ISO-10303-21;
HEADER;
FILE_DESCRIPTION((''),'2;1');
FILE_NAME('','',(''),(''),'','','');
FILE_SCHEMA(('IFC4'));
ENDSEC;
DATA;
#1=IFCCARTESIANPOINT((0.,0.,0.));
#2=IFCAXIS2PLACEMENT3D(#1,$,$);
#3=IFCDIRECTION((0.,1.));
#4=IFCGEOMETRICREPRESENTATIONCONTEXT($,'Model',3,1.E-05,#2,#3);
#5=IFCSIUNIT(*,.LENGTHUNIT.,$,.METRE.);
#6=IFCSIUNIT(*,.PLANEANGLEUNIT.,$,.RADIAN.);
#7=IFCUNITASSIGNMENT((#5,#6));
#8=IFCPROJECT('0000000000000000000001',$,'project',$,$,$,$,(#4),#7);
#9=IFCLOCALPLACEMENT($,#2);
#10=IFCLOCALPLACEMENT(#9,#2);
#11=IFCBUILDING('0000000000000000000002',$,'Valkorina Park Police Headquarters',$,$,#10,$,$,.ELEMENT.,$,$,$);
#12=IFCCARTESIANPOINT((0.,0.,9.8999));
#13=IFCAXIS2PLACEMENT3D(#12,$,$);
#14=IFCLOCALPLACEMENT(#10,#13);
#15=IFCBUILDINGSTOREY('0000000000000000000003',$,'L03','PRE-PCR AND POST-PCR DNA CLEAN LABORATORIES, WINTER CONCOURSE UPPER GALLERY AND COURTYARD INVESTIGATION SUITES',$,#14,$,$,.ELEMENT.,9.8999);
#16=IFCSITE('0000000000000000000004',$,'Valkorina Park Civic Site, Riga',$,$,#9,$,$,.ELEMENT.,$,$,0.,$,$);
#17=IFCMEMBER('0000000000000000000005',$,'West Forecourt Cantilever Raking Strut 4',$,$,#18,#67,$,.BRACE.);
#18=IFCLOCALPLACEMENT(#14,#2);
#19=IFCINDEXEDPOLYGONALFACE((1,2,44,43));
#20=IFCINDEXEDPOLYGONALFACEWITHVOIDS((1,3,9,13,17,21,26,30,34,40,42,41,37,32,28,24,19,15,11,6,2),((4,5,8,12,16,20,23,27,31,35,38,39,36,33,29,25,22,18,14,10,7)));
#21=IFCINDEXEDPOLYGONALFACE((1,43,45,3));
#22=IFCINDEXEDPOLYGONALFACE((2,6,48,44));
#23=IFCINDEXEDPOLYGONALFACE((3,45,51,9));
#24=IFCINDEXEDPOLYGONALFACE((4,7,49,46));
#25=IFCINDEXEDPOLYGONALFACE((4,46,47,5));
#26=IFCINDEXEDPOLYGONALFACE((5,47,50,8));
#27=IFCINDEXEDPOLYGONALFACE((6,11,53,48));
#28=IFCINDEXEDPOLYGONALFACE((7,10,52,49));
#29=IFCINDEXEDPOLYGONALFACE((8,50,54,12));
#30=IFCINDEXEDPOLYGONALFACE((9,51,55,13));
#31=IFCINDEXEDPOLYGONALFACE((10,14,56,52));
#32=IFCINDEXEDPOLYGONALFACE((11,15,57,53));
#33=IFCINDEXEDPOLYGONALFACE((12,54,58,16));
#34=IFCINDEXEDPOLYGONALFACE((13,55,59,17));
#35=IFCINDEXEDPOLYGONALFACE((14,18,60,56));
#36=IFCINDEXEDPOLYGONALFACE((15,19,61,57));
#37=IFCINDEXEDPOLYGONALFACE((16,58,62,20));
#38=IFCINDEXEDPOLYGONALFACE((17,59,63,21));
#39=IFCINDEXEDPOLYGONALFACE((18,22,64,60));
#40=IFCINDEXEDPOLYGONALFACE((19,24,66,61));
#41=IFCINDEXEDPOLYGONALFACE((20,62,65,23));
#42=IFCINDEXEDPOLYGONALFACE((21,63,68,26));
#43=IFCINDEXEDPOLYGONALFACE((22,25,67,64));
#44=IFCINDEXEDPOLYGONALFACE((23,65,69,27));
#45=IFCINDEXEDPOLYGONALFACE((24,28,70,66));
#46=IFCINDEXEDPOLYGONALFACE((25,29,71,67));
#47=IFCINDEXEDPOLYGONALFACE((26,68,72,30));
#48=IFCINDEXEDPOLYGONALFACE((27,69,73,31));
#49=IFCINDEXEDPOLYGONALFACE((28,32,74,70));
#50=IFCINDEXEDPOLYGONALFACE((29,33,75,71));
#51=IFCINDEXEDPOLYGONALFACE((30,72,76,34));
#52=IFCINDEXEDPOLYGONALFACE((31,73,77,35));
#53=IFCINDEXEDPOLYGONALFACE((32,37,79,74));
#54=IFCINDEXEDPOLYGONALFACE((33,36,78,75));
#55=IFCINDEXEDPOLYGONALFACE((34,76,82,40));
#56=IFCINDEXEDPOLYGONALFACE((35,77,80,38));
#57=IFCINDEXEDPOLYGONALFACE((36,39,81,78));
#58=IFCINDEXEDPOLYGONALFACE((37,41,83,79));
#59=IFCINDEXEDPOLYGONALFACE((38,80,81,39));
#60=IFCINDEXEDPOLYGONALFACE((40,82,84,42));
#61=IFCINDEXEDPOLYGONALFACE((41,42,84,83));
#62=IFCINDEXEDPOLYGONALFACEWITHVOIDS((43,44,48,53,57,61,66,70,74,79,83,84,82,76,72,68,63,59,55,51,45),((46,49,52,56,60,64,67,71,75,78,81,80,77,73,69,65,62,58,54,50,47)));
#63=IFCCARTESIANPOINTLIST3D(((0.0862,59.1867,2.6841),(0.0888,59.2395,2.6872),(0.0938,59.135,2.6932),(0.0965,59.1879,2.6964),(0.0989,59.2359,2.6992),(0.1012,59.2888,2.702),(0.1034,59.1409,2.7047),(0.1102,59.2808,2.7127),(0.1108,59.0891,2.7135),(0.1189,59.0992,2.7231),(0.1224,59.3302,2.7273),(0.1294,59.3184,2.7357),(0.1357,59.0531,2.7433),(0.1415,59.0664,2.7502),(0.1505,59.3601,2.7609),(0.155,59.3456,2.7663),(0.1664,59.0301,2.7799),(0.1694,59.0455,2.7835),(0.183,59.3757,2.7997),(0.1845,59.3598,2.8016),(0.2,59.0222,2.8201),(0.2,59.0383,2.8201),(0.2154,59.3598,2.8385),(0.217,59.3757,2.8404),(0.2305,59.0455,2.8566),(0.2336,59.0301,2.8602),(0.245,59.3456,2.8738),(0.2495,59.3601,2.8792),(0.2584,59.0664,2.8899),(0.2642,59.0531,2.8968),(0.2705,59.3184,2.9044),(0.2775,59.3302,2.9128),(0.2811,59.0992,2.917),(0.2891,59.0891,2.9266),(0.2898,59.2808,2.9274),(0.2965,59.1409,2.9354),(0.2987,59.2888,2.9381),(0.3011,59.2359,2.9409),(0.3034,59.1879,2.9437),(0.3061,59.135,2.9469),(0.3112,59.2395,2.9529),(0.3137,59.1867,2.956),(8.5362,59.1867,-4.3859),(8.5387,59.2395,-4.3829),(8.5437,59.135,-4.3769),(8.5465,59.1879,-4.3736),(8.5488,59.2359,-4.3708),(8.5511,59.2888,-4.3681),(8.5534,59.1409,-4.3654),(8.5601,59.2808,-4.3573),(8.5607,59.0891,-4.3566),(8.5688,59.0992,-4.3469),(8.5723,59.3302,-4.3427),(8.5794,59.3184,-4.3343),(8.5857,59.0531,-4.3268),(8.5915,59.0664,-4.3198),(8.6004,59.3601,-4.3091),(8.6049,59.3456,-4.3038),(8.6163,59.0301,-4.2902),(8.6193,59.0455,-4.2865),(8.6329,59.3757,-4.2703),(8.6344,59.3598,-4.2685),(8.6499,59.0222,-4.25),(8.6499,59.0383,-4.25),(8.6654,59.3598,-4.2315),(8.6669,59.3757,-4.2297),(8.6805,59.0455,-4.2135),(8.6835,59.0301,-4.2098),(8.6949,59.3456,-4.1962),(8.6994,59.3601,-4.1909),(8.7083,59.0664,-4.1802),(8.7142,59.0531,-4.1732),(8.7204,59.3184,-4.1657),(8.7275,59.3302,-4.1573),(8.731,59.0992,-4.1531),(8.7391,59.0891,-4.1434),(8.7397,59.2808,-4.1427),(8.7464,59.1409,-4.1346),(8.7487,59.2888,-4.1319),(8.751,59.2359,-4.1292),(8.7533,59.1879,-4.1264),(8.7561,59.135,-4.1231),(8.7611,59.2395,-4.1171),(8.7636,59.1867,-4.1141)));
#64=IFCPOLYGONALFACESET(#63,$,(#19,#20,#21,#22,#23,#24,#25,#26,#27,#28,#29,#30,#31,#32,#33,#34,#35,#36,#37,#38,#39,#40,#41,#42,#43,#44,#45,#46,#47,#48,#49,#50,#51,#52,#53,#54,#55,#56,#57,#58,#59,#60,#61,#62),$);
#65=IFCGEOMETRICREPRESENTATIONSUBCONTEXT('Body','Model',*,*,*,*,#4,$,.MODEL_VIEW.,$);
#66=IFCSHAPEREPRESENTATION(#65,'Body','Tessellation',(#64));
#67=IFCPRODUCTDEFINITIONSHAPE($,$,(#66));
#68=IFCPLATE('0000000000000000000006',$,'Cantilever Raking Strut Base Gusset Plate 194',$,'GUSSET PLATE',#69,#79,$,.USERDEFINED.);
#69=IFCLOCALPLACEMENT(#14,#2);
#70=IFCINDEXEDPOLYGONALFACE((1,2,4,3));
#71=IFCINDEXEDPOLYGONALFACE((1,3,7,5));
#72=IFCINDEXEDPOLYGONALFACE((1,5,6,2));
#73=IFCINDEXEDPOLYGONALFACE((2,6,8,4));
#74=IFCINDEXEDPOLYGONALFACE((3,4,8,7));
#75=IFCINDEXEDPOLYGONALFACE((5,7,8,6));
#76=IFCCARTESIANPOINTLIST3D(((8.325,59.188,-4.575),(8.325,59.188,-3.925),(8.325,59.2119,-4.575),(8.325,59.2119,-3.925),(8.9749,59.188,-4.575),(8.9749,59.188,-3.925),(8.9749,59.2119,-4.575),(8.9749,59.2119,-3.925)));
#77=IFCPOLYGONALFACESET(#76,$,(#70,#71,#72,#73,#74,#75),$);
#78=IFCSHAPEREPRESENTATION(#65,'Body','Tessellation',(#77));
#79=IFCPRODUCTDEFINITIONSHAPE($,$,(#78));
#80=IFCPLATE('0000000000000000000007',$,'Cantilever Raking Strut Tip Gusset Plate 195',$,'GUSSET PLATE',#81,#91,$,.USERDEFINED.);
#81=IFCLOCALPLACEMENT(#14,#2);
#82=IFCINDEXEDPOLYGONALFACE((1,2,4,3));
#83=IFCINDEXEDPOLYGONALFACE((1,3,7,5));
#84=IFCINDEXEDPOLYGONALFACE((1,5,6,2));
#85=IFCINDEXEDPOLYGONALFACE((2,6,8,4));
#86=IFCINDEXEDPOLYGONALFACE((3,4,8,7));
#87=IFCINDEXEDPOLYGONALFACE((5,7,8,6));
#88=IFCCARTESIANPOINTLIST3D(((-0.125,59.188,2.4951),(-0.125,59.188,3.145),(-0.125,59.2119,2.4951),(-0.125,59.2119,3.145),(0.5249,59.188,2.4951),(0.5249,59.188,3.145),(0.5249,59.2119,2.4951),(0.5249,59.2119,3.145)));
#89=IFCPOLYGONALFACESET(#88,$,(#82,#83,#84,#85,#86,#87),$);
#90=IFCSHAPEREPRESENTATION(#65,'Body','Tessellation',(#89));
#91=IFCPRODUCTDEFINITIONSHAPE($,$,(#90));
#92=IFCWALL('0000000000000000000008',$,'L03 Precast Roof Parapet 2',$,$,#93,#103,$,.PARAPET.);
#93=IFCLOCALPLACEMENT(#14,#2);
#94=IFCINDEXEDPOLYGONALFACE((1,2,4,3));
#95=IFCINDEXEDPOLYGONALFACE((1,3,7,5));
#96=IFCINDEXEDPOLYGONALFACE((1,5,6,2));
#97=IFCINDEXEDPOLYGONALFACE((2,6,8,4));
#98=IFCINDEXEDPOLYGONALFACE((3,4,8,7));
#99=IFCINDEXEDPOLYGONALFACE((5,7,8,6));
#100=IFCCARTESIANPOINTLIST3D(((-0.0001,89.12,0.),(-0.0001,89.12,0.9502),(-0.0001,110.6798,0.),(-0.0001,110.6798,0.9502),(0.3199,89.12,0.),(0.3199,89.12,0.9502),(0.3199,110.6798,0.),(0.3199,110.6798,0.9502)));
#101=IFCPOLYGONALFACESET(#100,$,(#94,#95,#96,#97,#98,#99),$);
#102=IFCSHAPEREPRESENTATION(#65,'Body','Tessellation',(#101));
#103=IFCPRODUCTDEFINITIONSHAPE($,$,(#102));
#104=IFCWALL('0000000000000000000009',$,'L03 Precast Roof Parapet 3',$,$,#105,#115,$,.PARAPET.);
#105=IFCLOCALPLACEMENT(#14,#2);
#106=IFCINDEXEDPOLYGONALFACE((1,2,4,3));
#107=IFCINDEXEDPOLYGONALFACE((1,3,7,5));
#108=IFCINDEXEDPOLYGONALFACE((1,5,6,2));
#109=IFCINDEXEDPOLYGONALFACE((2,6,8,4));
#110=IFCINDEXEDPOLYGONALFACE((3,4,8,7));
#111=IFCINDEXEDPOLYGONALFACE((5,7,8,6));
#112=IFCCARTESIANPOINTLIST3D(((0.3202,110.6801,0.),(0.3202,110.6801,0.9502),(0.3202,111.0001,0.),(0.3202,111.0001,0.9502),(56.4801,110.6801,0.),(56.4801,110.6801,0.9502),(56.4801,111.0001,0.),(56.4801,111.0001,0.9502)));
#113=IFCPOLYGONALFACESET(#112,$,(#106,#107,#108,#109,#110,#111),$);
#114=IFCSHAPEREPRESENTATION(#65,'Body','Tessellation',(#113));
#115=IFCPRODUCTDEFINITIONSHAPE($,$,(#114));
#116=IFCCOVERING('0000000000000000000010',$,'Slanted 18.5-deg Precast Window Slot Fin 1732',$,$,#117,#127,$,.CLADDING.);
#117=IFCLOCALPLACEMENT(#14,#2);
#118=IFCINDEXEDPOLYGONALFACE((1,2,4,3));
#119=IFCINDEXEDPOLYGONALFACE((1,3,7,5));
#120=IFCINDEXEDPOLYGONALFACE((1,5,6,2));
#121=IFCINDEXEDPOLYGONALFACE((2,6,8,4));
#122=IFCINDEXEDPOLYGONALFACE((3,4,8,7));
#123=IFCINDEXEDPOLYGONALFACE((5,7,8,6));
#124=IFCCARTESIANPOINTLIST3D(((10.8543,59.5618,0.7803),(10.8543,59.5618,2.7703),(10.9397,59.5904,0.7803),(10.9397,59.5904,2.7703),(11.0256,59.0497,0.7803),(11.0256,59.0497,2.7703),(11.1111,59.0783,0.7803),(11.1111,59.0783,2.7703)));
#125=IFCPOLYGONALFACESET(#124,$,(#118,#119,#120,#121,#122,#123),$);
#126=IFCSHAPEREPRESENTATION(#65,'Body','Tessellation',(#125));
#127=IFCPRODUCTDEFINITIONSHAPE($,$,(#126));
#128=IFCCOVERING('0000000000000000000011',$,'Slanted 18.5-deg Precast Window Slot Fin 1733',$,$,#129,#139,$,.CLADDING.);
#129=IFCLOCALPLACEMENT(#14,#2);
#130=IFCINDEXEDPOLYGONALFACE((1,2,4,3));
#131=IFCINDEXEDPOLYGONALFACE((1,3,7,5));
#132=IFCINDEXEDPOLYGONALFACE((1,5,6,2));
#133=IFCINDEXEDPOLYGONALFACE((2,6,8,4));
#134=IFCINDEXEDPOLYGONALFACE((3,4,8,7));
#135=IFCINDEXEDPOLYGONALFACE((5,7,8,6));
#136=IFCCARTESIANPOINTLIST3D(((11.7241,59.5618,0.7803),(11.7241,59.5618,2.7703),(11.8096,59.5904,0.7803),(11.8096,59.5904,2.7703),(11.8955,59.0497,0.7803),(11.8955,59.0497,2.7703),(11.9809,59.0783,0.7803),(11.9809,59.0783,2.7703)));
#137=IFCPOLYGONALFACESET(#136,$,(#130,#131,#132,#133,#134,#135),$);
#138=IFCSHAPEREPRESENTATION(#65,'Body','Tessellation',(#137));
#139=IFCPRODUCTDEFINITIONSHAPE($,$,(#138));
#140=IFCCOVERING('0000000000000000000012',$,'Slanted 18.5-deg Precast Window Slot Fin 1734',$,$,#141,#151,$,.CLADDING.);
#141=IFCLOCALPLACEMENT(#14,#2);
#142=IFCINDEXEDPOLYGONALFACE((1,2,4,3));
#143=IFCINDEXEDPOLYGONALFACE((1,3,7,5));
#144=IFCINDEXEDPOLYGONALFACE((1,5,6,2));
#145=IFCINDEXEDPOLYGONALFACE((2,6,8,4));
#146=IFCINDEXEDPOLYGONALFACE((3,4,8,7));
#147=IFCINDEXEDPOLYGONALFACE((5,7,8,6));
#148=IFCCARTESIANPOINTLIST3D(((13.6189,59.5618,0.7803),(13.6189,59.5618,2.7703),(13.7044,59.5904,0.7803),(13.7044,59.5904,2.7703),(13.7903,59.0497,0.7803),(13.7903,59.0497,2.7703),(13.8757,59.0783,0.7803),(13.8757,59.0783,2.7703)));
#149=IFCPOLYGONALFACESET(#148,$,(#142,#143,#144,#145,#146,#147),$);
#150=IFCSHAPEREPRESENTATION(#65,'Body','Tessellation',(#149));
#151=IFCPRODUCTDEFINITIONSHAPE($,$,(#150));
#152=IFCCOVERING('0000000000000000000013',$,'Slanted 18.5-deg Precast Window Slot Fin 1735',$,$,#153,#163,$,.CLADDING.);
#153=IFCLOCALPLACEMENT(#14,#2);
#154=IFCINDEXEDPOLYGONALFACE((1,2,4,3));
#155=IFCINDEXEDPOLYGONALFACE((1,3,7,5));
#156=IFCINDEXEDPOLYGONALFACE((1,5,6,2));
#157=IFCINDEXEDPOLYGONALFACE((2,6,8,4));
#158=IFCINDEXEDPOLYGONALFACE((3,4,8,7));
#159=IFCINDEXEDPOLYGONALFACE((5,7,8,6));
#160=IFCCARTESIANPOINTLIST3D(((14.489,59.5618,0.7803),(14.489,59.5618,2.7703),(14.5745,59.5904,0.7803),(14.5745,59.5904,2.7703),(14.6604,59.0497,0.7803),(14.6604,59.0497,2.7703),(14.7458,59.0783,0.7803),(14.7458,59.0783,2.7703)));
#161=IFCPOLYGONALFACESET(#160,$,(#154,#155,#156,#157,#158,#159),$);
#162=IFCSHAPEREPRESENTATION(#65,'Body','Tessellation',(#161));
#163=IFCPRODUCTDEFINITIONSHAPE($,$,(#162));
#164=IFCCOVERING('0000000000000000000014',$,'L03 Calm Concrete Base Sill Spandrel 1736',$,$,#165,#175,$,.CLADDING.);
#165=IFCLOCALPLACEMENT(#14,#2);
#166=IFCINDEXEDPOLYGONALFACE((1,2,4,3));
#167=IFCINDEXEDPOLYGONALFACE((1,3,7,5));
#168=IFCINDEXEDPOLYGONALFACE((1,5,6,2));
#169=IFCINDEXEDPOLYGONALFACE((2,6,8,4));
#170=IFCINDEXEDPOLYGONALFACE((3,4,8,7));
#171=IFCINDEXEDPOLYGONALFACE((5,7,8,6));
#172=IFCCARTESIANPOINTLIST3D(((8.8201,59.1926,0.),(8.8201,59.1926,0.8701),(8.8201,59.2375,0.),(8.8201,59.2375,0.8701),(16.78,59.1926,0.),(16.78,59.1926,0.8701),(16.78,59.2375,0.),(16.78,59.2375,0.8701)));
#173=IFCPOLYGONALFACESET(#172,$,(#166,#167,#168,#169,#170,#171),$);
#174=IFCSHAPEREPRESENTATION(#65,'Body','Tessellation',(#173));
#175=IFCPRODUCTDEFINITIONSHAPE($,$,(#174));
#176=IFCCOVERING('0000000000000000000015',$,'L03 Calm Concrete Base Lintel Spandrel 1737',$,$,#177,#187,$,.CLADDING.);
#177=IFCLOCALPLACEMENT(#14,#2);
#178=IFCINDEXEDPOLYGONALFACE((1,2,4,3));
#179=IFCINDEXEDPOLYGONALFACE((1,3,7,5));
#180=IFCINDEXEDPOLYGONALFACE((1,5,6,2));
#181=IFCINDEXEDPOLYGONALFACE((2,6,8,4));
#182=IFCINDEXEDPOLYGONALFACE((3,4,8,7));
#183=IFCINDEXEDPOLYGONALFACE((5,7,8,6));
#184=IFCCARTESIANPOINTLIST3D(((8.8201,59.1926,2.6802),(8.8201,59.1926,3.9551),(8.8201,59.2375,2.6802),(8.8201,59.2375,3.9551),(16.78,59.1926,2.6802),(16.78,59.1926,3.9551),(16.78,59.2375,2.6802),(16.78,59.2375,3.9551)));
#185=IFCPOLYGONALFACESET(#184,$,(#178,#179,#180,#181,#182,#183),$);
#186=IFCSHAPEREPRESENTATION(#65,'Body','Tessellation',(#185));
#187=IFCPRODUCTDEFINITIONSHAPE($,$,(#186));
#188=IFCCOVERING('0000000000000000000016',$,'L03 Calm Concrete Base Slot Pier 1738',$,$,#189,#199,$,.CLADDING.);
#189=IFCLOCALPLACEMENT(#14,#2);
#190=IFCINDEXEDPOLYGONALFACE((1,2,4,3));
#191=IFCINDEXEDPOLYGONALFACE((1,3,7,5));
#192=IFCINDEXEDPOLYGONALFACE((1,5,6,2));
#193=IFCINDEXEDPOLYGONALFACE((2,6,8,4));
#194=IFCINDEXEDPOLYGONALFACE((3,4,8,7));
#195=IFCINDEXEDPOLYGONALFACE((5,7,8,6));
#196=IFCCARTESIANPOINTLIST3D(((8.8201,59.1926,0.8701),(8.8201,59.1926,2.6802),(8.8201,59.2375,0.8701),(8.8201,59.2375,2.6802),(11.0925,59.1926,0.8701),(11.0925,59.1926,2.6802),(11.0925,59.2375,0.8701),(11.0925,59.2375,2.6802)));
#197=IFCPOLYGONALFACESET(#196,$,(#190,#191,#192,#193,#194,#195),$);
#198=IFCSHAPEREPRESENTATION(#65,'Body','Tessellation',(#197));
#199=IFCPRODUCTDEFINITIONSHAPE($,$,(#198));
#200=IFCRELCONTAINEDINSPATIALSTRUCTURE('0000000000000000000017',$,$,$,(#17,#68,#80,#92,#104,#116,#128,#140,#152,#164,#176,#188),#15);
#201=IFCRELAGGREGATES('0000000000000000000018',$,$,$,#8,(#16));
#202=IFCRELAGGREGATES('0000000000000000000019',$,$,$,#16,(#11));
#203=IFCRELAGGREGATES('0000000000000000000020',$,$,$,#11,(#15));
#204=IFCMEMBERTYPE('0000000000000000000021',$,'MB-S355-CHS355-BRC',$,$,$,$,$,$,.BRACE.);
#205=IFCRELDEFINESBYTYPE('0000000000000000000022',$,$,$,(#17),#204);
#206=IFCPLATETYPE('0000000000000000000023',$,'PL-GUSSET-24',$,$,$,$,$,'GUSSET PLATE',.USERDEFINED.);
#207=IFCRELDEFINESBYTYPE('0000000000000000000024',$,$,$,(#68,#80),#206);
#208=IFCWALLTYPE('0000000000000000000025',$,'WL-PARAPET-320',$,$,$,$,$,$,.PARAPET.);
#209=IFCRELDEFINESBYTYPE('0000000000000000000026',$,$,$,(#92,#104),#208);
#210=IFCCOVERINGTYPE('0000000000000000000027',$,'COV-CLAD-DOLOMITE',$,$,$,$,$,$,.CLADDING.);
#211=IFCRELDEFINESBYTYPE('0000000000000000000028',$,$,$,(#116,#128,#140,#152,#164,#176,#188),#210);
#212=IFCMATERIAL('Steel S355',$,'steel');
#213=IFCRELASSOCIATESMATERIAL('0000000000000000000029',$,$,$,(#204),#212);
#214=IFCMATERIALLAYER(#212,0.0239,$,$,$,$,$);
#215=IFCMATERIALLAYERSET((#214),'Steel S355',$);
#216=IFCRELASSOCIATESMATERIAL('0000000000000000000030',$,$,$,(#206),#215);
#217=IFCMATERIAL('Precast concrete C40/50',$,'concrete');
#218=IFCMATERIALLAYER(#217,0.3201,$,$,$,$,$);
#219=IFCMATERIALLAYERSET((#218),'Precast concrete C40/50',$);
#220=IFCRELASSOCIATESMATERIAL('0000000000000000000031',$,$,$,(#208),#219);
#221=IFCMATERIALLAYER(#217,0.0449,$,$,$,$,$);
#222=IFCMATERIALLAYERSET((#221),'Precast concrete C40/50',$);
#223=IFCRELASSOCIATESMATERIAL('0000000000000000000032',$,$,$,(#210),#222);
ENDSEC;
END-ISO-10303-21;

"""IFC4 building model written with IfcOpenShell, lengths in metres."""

from ifc_helpers import new_model, si_unit, direction, frame, frame_2d, origin, origin_2d, place, context, subcontext, project, spatial, rectangle, hollow_circle, extrude, material, layer, layer_set, material_profile, profile_set, type_object, element, save


model = new_model("IFC4")

# Units and contexts
model_context = context("Model", 3, precision=1e-05, world=origin(), true_north=direction((0.0, 1.0)))
body_context = subcontext(model_context, "Body", "Model", "MODEL_VIEW")
ifc_project = project(units=[si_unit("LENGTHUNIT", "METRE"), si_unit("PLANEANGLEUNIT", "RADIAN")], contexts=[model_context])

# Site, building, storey
site_placement = place(None, origin())
site = spatial("IfcSite", under=ifc_project, at=site_placement, Name="Valkorina Park Civic Site, Riga", CompositionType="ELEMENT", RefElevation=0.0)
building_placement = place(site_placement, origin())
building = spatial("IfcBuilding", under=site, at=building_placement, Name="Valkorina Park Police Headquarters", CompositionType="ELEMENT")
storey_placement = place(building_placement, frame((0.0, 0.0, 9.8999)))
storey = spatial("IfcBuildingStorey", under=building, at=storey_placement, Name="L03", Description="PRE-PCR AND POST-PCR DNA CLEAN LABORATORIES, WINTER CONCOURSE UPPER GALLERY AND COURTYARD INVESTIGATION SUITES", CompositionType="ELEMENT", Elevation=9.8999)

# Shared definitions
ifc_material_1 = material(Name="Steel S355", Category="steel")

# Member
ifc_material_profile_1 = material_profile(ifc_material_1, hollow_circle(Radius=0.1777, WallThickness=0.0161, at=origin_2d()), Name="CHS 355.6x16")
ifc_profile_set_1 = profile_set([ifc_material_profile_1], Name="Steel S355")
member_type_1 = type_object("IfcMemberType", Name="MB-S355-CHS355-BRC", PredefinedType="BRACE", material=ifc_profile_set_1)
member_1_placement = place(storey_placement, frame((8.6499, 59.2, -4.25), z_axis=(-0.76695, 0.0, 0.641707), x_axis=(0.0, -1.0, 0.0)))
element("IfcMember", 1, at=member_1_placement, inside=storey, type_object=member_type_1, Name="West Forecourt Cantilever Raking Strut 4", PredefinedType="BRACE", context=body_context, shape_type="SweptSolid", body=[
    extrude(hollow_circle(Radius=0.1777, WallThickness=0.0161, at=origin_2d()), origin(), (0.0, 0.0, 1.0), 11.0176),
])

# Plates
ifc_layer_1 = layer(ifc_material_1, 0.0239)
ifc_layer_set_1 = layer_set([ifc_layer_1], Name="Steel S355")
plate_type = type_object("IfcPlateType", Name="PL-GUSSET-24", ElementType="GUSSET PLATE", PredefinedType="USERDEFINED", material=ifc_layer_set_1)
for number, where, z_axis, x_axis, name in (
    (2, (8.6499, 59.2, -4.575), (0.0, 0.0, 1.0), (1.0, 0.0, 0.0), "Cantilever Raking Strut Base Gusset Plate 194"),
    (3, (0.2, 59.2, 2.4951), (0.0, 0.0, 1.0), (1.0, 0.0, 0.0), "Cantilever Raking Strut Tip Gusset Plate 195"),
):
    element("IfcPlate", number, at=place(storey_placement, frame(where, z_axis=z_axis, x_axis=x_axis)), inside=storey, type_object=plate_type, Name=name, ObjectType="GUSSET PLATE", PredefinedType="USERDEFINED", context=body_context, shape_type="SweptSolid", body=[
        extrude(rectangle(XDim=0.6499, YDim=0.0239, at=origin_2d()), origin(), (0.0, 0.0, 1.0), 0.6499),
    ])

# Walls
ifc_material_2 = material(Name="Precast concrete C40/50", Category="concrete")
ifc_layer_2 = layer(ifc_material_2, 0.3201)
ifc_layer_set_2 = layer_set([ifc_layer_2], Name="Precast concrete C40/50")
wall_type = type_object("IfcWallType", Name="WL-PARAPET-320", PredefinedType="PARAPET", material=ifc_layer_set_2)
wall_1_placement = place(storey_placement, frame((0.1599, 89.1201, 0.0), z_axis=(0.0, 0.0, 1.0), x_axis=(0.0, 1.0, 0.0)))
element("IfcWall", 4, at=wall_1_placement, inside=storey, type_object=wall_type, Name="L03 Precast Roof Parapet 2", PredefinedType="PARAPET", context=body_context, shape_type="SweptSolid", body=[
    extrude(rectangle(XDim=21.5598, YDim=0.3201, at=frame_2d((10.7798, 0.0))), origin(), (0.0, 0.0, 1.0), 0.9502),
])
wall_2_placement = place(storey_placement, frame((0.3201, 110.8401, 0.0), z_axis=(0.0, 0.0, 1.0), x_axis=(1.0, 0.0, 0.0)))
element("IfcWall", 5, at=wall_2_placement, inside=storey, type_object=wall_type, Name="L03 Precast Roof Parapet 3", PredefinedType="PARAPET", context=body_context, shape_type="SweptSolid", body=[
    extrude(rectangle(XDim=56.1599, YDim=0.3201, at=frame_2d((28.0801, 0.0))), origin(), (0.0, 0.0, 1.0), 0.9502),
])

# Coverings
ifc_layer_3 = layer(ifc_material_2, 0.0449)
ifc_layer_set_3 = layer_set([ifc_layer_3], Name="Precast concrete C40/50")
covering_type = type_object("IfcCoveringType", Name="COV-CLAD-DOLOMITE", PredefinedType="CLADDING", material=ifc_layer_set_3)
for number, where, z_axis, x_axis, name in (
    (6, (10.9827, 59.3201, 0.7803), (0.0, 0.0, 1.0), (-0.317305, 0.948324, 0.0), "Slanted 18.5-deg Precast Window Slot Fin 1732"),
    (7, (11.8525, 59.3201, 0.7803), (0.0, 0.0, 1.0), (-0.317305, 0.948324, 0.0), "Slanted 18.5-deg Precast Window Slot Fin 1733"),
    (8, (13.7473, 59.3201, 0.7803), (0.0, 0.0, 1.0), (-0.317305, 0.948324, 0.0), "Slanted 18.5-deg Precast Window Slot Fin 1734"),
    (9, (14.6174, 59.3201, 0.7803), (0.0, 0.0, 1.0), (-0.317305, 0.948324, 0.0), "Slanted 18.5-deg Precast Window Slot Fin 1735"),
):
    element("IfcCovering", number, at=place(storey_placement, frame(where, z_axis=z_axis, x_axis=x_axis)), inside=storey, type_object=covering_type, Name=name, PredefinedType="CLADDING", context=body_context, shape_type="SweptSolid", body=[
        extrude(rectangle(XDim=0.54, YDim=0.0901, at=origin_2d()), origin(), (0.0, 0.0, 1.0), 1.99),
    ])
covering_1_placement = place(storey_placement, frame((8.8201, 59.2151, 0.0), z_axis=(0.0, 0.0, 1.0), x_axis=(1.0, 0.0, 0.0)))
element("IfcCovering", 10, at=covering_1_placement, inside=storey, type_object=covering_type, Name="L03 Calm Concrete Base Sill Spandrel 1736", PredefinedType="CLADDING", context=body_context, shape_type="SweptSolid", body=[
    extrude(rectangle(XDim=7.96, YDim=0.0449, at=frame_2d((3.98, 0.0))), origin(), (0.0, 0.0, 1.0), 0.8701),
])
covering_2_placement = place(storey_placement, frame((8.8201, 59.2151, 2.6802), z_axis=(0.0, 0.0, 1.0), x_axis=(1.0, 0.0, 0.0)))
element("IfcCovering", 11, at=covering_2_placement, inside=storey, type_object=covering_type, Name="L03 Calm Concrete Base Lintel Spandrel 1737", PredefinedType="CLADDING", context=body_context, shape_type="SweptSolid", body=[
    extrude(rectangle(XDim=7.96, YDim=0.0449, at=frame_2d((3.98, 0.0))), origin(), (0.0, 0.0, 1.0), 1.2749),
])
covering_3_placement = place(storey_placement, frame((8.8201, 59.2151, 0.8701), z_axis=(0.0, 0.0, 1.0), x_axis=(1.0, 0.0, 0.0)))
element("IfcCovering", 12, at=covering_3_placement, inside=storey, type_object=covering_type, Name="L03 Calm Concrete Base Slot Pier 1738", PredefinedType="CLADDING", context=body_context, shape_type="SweptSolid", body=[
    extrude(rectangle(XDim=2.2725, YDim=0.0449, at=frame_2d((1.1362, 0.0))), origin(), (0.0, 0.0, 1.0), 1.8101),
])

save(model, "model.ifc")
